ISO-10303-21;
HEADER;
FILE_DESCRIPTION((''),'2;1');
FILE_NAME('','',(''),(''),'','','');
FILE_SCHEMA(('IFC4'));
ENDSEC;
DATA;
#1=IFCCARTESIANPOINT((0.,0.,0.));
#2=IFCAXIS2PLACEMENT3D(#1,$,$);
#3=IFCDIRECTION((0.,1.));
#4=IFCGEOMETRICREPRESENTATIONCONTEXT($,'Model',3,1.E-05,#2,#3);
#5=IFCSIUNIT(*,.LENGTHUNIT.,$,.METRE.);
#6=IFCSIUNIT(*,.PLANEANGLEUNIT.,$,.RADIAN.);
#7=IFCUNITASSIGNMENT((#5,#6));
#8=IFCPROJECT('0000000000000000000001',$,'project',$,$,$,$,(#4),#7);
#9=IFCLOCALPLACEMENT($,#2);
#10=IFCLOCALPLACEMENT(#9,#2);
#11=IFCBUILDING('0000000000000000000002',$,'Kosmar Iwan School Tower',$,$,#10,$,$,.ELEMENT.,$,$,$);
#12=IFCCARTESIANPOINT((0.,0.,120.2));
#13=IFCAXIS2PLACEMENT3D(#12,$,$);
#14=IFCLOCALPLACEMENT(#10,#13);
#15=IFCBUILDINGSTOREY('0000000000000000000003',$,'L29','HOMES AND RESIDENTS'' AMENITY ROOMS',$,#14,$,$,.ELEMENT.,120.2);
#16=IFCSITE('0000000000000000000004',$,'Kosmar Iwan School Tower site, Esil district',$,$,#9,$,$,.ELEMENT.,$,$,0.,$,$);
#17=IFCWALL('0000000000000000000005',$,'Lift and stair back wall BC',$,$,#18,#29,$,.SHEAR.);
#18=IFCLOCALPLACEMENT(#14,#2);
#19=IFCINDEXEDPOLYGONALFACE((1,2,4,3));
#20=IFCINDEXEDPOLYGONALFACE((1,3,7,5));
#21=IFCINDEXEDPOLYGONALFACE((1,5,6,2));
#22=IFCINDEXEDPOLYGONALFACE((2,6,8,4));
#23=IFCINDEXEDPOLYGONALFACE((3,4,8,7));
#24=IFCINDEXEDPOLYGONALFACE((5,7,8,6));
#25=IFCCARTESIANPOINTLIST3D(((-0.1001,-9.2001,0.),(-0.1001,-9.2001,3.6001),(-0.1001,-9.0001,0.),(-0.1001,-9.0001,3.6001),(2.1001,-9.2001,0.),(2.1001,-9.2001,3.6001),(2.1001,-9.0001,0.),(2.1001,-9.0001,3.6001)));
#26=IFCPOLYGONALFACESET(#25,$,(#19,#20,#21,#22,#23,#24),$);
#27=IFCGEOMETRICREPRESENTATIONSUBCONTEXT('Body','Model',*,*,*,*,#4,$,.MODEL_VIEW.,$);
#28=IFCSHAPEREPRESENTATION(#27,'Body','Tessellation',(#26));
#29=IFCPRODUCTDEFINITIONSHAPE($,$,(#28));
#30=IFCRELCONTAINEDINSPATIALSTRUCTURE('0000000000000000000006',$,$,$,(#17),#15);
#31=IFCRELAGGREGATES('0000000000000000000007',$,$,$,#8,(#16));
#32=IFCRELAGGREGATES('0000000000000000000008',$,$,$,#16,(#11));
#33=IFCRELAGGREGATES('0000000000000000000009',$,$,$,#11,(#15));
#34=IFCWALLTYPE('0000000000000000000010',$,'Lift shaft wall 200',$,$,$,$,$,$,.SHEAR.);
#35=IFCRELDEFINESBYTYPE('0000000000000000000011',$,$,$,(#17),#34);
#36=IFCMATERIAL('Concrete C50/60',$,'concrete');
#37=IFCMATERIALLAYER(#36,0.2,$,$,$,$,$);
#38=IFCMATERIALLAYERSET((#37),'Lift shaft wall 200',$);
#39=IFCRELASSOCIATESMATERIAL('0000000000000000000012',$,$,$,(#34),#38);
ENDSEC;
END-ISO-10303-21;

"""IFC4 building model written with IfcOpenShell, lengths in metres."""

from ifc_helpers import new_model, si_unit, direction, frame, frame_2d, origin, place, context, subcontext, project, spatial, rectangle, extrude, material, layer, layer_set, type_object, element, save


model = new_model("IFC4")

# Units and contexts
model_context = context("Model", 3, precision=1e-05, world=origin(), true_north=direction((0.0, 1.0)))
body_context = subcontext(model_context, "Body", "Model", "MODEL_VIEW")
ifc_project = project(units=[si_unit("LENGTHUNIT", "METRE"), si_unit("PLANEANGLEUNIT", "RADIAN")], contexts=[model_context])

# Site, building, storey
site_placement = place(None, origin())
site = spatial("IfcSite", under=ifc_project, at=site_placement, Name="Kosmar Iwan School Tower site, Esil district", CompositionType="ELEMENT", RefElevation=0.0)
building_placement = place(site_placement, origin())
building = spatial("IfcBuilding", under=site, at=building_placement, Name="Kosmar Iwan School Tower", CompositionType="ELEMENT")
storey_placement = place(building_placement, frame((0.0, 0.0, 120.2)))
storey = spatial("IfcBuildingStorey", under=building, at=storey_placement, Name="L29", Description="HOMES AND RESIDENTS' AMENITY ROOMS", CompositionType="ELEMENT", Elevation=120.2)

# Wall
ifc_material_1 = material(Name="Concrete C50/60", Category="concrete")
ifc_layer_1 = layer(ifc_material_1, 0.2)
ifc_layer_set_1 = layer_set([ifc_layer_1], Name="Lift shaft wall 200")
wall_type_1 = type_object("IfcWallType", Name="Lift shaft wall 200", PredefinedType="SHEAR", material=ifc_layer_set_1)
wall_1_placement = place(storey_placement, frame((-0.1001, -9.1001, 0.0), z_axis=(0.0, 0.0, 1.0), x_axis=(1.0, 0.0, 0.0)))
element("IfcWall", 1, at=wall_1_placement, inside=storey, type_object=wall_type_1, Name="Lift and stair back wall BC", PredefinedType="SHEAR", context=body_context, shape_type="SweptSolid", body=[
    extrude(rectangle(XDim=2.2002, YDim=0.2, at=frame_2d((1.1001, 0.0))), origin(), (0.0, 0.0, 1.0), 3.6001),
])

save(model, "model.ifc")
